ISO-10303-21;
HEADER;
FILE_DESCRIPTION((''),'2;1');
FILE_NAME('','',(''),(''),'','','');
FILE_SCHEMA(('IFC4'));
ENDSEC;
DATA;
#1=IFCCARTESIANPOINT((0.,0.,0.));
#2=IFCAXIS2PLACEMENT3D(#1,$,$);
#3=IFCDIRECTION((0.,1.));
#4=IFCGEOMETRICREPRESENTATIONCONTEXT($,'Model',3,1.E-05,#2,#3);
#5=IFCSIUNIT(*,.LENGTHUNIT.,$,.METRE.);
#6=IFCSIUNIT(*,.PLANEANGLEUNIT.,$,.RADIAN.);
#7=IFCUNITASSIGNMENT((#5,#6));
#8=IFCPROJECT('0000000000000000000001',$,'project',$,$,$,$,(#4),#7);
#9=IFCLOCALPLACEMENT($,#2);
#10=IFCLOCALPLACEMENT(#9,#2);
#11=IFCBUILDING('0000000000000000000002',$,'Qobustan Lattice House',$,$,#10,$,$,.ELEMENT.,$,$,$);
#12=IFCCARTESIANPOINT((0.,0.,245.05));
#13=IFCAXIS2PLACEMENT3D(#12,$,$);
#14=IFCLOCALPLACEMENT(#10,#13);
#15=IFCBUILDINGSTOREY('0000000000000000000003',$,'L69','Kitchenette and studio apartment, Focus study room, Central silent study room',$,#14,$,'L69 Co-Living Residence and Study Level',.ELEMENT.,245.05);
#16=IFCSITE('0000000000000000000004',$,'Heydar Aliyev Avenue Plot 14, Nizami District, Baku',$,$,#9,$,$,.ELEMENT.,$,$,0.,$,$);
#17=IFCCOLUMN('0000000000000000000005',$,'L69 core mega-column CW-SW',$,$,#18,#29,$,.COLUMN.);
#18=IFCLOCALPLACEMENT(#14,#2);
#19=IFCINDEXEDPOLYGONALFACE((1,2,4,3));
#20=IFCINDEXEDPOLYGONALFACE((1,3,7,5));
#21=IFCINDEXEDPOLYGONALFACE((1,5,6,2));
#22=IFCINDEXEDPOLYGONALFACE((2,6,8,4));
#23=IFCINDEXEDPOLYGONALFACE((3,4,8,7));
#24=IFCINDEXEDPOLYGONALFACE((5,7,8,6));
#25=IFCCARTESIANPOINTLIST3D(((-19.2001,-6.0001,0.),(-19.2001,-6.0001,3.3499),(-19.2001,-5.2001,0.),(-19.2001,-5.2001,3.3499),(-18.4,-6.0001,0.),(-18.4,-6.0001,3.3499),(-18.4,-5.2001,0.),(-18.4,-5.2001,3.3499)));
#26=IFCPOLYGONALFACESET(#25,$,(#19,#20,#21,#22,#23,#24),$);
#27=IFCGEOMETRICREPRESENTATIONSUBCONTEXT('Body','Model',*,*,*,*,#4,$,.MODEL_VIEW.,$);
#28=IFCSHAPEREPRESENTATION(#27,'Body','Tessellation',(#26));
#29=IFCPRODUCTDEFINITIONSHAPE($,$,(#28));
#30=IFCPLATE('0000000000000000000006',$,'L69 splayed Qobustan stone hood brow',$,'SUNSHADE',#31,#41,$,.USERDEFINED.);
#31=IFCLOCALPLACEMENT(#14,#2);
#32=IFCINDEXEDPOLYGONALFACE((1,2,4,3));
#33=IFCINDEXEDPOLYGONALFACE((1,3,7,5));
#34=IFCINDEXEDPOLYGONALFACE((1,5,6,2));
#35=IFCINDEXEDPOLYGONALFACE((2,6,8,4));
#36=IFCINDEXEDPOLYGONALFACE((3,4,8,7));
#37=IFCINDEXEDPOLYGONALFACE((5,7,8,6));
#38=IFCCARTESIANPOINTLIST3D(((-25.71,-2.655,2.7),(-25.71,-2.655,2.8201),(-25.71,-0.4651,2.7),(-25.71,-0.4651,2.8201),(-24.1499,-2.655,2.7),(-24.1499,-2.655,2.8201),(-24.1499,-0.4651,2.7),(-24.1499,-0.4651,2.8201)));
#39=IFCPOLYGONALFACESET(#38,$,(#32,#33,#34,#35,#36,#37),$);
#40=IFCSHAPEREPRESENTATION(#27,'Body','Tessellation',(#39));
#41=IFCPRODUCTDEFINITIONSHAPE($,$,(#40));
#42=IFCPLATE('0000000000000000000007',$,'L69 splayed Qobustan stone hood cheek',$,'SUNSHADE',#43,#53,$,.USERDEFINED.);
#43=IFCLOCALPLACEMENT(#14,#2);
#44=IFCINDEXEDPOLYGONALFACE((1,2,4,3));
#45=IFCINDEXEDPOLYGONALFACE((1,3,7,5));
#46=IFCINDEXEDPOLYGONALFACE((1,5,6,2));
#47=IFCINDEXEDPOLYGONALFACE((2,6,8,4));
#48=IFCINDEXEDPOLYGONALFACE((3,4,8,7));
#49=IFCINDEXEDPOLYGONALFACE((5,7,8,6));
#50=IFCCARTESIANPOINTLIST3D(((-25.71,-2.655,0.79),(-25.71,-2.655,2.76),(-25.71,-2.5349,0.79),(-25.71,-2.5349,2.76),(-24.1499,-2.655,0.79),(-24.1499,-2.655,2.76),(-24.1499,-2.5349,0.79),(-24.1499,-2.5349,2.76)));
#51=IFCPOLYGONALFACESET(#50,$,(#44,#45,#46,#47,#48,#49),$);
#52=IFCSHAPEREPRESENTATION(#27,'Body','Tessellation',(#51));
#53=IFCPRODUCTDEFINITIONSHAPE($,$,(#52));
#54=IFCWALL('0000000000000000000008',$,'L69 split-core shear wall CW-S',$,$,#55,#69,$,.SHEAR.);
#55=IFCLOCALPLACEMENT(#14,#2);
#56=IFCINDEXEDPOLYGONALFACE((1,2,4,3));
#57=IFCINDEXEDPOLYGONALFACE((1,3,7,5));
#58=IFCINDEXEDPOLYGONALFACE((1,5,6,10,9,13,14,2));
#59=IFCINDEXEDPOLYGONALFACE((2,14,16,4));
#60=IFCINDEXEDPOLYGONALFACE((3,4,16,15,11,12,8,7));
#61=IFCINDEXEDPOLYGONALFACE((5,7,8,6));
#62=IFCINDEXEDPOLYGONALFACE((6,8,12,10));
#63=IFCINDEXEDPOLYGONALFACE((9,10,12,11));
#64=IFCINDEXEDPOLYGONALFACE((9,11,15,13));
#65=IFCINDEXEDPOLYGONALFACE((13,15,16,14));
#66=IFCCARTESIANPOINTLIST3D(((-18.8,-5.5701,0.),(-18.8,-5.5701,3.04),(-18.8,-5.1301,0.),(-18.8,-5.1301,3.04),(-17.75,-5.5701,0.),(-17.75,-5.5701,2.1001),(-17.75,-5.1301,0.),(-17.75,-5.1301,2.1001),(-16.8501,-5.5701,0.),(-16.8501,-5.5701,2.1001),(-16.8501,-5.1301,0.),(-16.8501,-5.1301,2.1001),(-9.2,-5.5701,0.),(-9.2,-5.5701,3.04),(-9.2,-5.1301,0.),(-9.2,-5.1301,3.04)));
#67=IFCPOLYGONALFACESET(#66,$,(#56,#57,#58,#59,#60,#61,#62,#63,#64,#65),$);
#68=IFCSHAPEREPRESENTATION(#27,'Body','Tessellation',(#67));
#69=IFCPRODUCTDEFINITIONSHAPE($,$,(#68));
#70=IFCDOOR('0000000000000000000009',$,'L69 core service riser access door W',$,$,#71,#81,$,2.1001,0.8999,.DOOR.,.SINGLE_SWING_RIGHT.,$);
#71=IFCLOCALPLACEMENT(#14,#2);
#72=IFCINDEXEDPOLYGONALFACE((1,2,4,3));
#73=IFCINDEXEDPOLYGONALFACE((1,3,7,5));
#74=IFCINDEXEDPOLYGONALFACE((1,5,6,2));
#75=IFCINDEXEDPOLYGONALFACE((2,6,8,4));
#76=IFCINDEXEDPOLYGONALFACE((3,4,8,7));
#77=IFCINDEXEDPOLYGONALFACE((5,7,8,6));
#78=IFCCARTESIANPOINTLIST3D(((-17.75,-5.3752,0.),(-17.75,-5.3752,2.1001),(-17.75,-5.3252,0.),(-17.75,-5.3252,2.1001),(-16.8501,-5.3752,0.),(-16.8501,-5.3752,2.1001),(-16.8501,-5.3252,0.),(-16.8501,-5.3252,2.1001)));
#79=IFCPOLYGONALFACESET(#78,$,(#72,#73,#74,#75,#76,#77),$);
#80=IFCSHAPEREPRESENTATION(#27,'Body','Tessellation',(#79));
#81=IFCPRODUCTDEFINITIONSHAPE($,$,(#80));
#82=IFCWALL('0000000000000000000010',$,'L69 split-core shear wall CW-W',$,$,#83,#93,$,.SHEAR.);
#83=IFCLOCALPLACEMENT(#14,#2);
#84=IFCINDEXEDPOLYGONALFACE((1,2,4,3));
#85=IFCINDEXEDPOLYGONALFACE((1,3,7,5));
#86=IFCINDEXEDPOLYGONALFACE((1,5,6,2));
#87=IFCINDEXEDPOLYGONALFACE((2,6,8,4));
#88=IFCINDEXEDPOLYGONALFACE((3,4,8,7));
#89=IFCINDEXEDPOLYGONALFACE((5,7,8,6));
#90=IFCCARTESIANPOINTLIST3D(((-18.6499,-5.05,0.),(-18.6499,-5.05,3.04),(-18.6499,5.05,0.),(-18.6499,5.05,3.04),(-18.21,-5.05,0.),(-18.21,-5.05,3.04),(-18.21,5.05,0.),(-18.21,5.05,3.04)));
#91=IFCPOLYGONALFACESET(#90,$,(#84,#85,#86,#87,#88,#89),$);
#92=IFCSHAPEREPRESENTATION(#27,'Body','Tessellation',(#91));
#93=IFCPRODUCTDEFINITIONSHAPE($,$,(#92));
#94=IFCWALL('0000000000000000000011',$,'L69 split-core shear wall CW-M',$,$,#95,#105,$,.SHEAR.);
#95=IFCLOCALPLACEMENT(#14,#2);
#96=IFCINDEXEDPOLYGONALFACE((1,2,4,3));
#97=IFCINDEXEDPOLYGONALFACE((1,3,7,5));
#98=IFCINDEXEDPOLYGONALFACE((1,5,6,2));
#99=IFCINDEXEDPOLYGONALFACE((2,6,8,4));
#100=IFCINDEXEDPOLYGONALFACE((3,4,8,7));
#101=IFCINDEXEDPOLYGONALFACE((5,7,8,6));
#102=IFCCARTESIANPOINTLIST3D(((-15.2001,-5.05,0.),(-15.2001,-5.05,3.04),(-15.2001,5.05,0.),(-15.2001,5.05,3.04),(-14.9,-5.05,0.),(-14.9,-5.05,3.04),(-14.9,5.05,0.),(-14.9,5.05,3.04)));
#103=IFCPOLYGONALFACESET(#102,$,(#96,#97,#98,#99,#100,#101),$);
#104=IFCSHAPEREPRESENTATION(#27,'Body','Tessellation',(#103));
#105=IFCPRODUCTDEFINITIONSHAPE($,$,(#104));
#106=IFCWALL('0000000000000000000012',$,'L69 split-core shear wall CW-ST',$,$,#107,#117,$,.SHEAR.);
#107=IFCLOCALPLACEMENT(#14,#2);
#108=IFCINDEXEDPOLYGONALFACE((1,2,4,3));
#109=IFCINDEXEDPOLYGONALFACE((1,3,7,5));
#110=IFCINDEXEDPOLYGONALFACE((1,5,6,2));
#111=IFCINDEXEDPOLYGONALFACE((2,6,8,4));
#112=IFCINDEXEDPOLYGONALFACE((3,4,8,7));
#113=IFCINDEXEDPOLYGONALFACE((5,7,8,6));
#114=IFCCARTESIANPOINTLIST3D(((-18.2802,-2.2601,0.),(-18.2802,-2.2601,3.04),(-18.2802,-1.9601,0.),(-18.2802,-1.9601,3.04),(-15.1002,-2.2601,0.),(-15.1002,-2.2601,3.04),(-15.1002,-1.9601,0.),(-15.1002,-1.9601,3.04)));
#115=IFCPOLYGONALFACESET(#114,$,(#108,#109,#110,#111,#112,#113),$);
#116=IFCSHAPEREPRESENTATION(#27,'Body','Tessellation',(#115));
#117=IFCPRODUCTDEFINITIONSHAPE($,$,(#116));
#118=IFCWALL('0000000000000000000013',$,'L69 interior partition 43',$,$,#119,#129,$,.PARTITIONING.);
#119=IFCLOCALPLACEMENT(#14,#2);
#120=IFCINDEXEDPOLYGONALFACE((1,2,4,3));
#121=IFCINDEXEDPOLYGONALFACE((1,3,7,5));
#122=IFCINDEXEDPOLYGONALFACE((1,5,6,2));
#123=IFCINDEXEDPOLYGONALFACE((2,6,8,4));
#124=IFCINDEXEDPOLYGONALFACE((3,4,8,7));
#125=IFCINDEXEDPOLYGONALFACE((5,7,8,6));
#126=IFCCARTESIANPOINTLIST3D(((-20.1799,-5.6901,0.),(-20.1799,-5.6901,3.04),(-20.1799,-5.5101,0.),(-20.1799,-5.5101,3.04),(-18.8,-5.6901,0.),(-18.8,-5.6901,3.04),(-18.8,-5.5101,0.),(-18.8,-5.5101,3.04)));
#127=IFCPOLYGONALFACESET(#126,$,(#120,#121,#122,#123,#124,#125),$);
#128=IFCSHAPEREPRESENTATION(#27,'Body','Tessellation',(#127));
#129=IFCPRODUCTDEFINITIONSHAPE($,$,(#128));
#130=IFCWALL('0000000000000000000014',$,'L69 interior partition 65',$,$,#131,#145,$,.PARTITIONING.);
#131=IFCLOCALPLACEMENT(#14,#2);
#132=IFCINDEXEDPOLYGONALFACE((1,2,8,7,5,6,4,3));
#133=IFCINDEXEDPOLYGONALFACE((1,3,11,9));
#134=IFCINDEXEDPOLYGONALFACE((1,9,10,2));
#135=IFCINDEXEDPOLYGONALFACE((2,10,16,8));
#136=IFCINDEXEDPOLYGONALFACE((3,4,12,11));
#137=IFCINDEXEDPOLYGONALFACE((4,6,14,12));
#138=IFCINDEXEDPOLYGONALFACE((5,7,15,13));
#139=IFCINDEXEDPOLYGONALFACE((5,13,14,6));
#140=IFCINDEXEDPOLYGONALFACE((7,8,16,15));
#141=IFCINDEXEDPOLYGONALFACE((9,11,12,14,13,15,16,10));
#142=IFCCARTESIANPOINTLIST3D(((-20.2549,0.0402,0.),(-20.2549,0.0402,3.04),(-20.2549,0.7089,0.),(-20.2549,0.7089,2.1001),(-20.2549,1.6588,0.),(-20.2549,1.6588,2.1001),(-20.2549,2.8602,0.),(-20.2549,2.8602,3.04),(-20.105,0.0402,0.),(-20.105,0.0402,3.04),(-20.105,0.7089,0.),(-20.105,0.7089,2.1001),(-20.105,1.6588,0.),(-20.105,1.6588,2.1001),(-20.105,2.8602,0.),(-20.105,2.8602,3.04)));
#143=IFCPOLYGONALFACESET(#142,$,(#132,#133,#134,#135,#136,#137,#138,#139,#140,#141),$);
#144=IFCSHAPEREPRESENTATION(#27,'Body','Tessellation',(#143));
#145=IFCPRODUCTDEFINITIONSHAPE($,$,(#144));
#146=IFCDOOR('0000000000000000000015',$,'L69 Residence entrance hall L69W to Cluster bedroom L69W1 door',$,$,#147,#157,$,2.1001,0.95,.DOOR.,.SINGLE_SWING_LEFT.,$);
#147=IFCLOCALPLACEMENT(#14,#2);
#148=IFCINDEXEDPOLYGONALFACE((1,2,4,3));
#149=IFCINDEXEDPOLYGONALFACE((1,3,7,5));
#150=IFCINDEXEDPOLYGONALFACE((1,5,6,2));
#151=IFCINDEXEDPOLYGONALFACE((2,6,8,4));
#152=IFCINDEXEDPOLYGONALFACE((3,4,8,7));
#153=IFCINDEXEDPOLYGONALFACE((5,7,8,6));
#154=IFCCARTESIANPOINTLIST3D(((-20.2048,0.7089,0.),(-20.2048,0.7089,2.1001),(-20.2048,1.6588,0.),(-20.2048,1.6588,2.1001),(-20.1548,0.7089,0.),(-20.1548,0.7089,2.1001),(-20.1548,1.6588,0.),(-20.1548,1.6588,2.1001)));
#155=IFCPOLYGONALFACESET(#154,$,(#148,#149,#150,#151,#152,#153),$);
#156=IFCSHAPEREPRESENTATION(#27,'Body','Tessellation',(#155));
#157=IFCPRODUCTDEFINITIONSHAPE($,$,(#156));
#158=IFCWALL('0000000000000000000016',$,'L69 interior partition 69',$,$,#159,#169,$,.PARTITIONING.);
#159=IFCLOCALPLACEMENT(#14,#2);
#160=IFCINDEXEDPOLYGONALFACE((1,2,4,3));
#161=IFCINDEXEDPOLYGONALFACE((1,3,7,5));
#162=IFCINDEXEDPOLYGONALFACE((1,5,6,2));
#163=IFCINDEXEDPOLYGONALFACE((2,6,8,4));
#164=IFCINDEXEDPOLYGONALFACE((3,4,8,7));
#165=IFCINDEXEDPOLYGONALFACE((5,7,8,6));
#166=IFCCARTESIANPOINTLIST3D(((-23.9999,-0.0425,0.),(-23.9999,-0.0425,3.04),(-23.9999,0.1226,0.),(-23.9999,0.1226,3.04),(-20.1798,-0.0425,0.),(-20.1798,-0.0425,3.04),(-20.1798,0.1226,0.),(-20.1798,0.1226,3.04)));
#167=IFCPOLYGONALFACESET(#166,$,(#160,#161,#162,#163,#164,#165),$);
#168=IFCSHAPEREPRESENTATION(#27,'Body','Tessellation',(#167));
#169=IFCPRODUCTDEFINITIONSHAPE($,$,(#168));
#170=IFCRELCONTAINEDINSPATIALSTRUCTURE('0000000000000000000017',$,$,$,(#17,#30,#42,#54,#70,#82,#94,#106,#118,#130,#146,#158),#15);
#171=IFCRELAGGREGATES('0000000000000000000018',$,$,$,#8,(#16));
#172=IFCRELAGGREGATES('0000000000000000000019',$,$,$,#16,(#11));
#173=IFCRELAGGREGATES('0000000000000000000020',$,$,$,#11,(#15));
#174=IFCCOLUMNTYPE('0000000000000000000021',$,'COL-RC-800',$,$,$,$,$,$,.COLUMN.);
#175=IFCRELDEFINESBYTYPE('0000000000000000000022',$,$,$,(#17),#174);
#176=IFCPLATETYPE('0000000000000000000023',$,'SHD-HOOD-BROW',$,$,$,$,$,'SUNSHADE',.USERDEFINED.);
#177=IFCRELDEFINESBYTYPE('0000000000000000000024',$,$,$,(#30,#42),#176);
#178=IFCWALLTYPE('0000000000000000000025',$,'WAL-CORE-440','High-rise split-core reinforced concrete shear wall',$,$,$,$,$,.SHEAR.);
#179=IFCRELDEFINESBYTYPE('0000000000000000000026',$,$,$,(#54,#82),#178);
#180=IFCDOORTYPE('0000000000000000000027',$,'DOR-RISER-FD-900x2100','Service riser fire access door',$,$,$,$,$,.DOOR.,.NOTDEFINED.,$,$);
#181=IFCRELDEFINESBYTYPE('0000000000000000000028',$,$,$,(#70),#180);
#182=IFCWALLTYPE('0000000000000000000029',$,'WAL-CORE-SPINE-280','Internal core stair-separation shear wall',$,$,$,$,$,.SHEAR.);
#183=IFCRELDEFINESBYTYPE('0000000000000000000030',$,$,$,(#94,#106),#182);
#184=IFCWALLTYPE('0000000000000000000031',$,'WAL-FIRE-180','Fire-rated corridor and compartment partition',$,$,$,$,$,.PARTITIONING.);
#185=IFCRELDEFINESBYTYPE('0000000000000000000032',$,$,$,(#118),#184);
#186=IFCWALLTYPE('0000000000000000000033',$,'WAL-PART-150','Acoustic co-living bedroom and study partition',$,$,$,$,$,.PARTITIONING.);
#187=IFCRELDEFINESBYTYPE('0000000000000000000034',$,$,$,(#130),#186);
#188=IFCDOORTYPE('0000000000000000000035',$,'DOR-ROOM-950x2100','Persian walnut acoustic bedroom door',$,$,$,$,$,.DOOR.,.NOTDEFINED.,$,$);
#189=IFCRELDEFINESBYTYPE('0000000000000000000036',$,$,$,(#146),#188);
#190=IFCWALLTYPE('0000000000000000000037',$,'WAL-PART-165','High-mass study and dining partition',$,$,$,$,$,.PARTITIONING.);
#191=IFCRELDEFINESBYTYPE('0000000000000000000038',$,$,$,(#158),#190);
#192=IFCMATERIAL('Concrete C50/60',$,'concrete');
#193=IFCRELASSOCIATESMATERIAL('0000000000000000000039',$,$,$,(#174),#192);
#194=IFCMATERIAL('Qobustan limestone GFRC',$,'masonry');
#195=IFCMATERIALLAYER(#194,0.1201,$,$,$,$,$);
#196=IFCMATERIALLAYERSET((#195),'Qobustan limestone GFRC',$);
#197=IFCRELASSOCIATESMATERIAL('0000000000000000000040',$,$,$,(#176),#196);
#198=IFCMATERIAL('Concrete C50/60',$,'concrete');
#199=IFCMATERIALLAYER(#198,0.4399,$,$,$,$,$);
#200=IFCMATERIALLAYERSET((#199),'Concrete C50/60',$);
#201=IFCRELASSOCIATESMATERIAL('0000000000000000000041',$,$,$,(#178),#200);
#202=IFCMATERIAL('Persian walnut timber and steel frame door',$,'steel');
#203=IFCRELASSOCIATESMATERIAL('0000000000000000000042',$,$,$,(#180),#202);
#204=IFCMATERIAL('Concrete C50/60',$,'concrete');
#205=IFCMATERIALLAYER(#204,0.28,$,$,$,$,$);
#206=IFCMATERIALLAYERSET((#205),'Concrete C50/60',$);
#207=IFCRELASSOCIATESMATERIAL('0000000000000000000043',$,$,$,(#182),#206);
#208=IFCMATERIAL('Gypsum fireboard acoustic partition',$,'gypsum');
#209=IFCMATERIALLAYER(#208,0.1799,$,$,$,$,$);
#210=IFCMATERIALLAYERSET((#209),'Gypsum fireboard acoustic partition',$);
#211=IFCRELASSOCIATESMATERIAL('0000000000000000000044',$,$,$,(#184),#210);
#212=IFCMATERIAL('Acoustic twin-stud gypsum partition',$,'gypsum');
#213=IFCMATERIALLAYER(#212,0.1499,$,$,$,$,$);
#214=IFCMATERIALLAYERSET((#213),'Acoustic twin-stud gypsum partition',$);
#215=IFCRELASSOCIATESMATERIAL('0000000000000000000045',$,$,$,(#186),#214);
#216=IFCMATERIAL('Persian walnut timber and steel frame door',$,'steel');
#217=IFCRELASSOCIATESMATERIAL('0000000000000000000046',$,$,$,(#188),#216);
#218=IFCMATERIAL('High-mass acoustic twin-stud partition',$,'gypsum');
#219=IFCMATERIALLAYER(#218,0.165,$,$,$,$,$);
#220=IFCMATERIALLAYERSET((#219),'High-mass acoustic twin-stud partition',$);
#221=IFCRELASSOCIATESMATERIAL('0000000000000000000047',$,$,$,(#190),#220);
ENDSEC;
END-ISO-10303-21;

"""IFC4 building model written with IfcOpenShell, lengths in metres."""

from ifc_helpers import new_model, si_unit, direction, frame, frame_2d, origin, origin_2d, place, context, subcontext, project, spatial, rectangle, extrude, material, layer, layer_set, material_profile, profile_set, type_object, element, fill, save


model = new_model("IFC4")

# Units and contexts
model_context = context("Model", 3, precision=1e-05, world=origin(), true_north=direction((0.0, 1.0)))
body_context = subcontext(model_context, "Body", "Model", "MODEL_VIEW")
ifc_project = project(units=[si_unit("LENGTHUNIT", "METRE"), si_unit("PLANEANGLEUNIT", "RADIAN")], contexts=[model_context])

# Site, building, storey
site_placement = place(None, origin())
site = spatial("IfcSite", under=ifc_project, at=site_placement, Name="Heydar Aliyev Avenue Plot 14, Nizami District, Baku", CompositionType="ELEMENT", RefElevation=0.0)
building_placement = place(site_placement, origin())
building = spatial("IfcBuilding", under=site, at=building_placement, Name="Qobustan Lattice House", CompositionType="ELEMENT")
storey_placement = place(building_placement, frame((0.0, 0.0, 245.05)))
storey = spatial("IfcBuildingStorey", under=building, at=storey_placement, Name="L69", Description="Kitchenette and studio apartment, Focus study room, Central silent study room", LongName="L69 Co-Living Residence and Study Level", CompositionType="ELEMENT", Elevation=245.05)

# Column
ifc_material_1 = material(Name="Concrete C50/60", Category="concrete")
ifc_material_profile = material_profile(ifc_material_1, rectangle(XDim=0.8, YDim=0.8, at=origin_2d()), Name="RC800x800")
ifc_profile_set = profile_set([ifc_material_profile], Name="Concrete C50/60")
column_type = type_object("IfcColumnType", Name="COL-RC-800", PredefinedType="COLUMN", material=ifc_profile_set)
column_placement = place(storey_placement, frame((-18.8, -5.6001, 0.0), z_axis=(0.0, 0.0, 1.0), x_axis=(1.0, 0.0, 0.0)))
element("IfcColumn", 1, at=column_placement, inside=storey, type_object=column_type, Name="L69 core mega-column CW-SW", PredefinedType="COLUMN", context=body_context, shape_type="SweptSolid", body=[
    extrude(rectangle(XDim=0.8, YDim=0.8, at=origin_2d()), origin(), (0.0, 0.0, 1.0), 3.3499),
])

# Plates
ifc_material_2 = material(Name="Qobustan limestone GFRC", Category="masonry")
ifc_layer_1 = layer(ifc_material_2, 0.1201)
ifc_layer_set_1 = layer_set([ifc_layer_1], Name="Qobustan limestone GFRC")
plate_type = type_object("IfcPlateType", Name="SHD-HOOD-BROW", ElementType="SUNSHADE", PredefinedType="USERDEFINED", material=ifc_layer_set_1)
plate_1_placement = place(storey_placement, frame((-24.9299, -1.5601, 2.7), z_axis=(0.0, 0.0, 1.0), x_axis=(0.0, 1.0, 0.0)))
element("IfcPlate", 2, at=plate_1_placement, inside=storey, type_object=plate_type, Name="L69 splayed Qobustan stone hood brow", ObjectType="SUNSHADE", PredefinedType="USERDEFINED", context=body_context, shape_type="SweptSolid", body=[
    extrude(rectangle(XDim=2.1899, YDim=1.5601, at=origin_2d()), origin(), (0.0, 0.0, 1.0), 0.1201),
])
plate_2_placement = place(storey_placement, frame((-24.9299, -2.595, 0.79), z_axis=(0.0, 0.0, 1.0), x_axis=(0.0, 1.0, 0.0)))
element("IfcPlate", 3, at=plate_2_placement, inside=storey, type_object=plate_type, Name="L69 splayed Qobustan stone hood cheek", ObjectType="SUNSHADE", PredefinedType="USERDEFINED", context=body_context, shape_type="SweptSolid", body=[
    extrude(rectangle(XDim=0.1201, YDim=1.5601, at=origin_2d()), origin(), (0.0, 0.0, 1.0), 1.97),
])

# Wall, opening, door
ifc_material_3 = material(Name="Concrete C50/60", Category="concrete")
ifc_layer_2 = layer(ifc_material_3, 0.4399)
ifc_layer_set_2 = layer_set([ifc_layer_2], Name="Concrete C50/60")
wall_type_1 = type_object("IfcWallType", Name="WAL-CORE-440", Description="High-rise split-core reinforced concrete shear wall", PredefinedType="SHEAR", material=ifc_layer_set_2)
wall_1_placement = place(storey_placement, frame((-18.8, -5.3501, 0.0), z_axis=(0.0, 0.0, 1.0), x_axis=(1.0, 0.0, 0.0)))
wall_1 = element("IfcWall", 4, at=wall_1_placement, inside=storey, type_object=wall_type_1, Name="L69 split-core shear wall CW-S", PredefinedType="SHEAR", context=body_context, shape_type="SweptSolid", body=[
    extrude(rectangle(XDim=9.6001, YDim=0.4399, at=frame_2d((4.8, 0.0))), origin(), (0.0, 0.0, 1.0), 3.04),
])
opening_1_placement = place(wall_1_placement, frame((1.05, 0.0, 0.0)))
opening_1 = element("IfcOpeningElement", 5, at=opening_1_placement, cuts=wall_1, PredefinedType="OPENING", context=body_context, shape_type="SweptSolid", body=[
    extrude(rectangle(XDim=0.8999, YDim=2.1001, at=frame_2d((0.45, 1.05))), frame((0.0, 0.23, 0.0), z_axis=(0.0, -1.0, 0.0), x_axis=(1.0, 0.0, 0.0)), (0.0, 0.0, 1.0), 0.46),
])
ifc_material_4 = material(Name="Persian walnut timber and steel frame door", Category="steel")
door_type_1 = type_object("IfcDoorType", Name="DOR-RISER-FD-900x2100", Description="Service riser fire access door", OperationType="NOTDEFINED", PredefinedType="DOOR", material=ifc_material_4)
door_1_placement = place(opening_1_placement, origin())
door_1 = element("IfcDoor", 6, at=door_1_placement, inside=storey, type_object=door_type_1, Name="L69 core service riser access door W", OperationType="SINGLE_SWING_RIGHT", OverallHeight=2.1001, OverallWidth=0.8999, PredefinedType="DOOR", context=body_context, shape_type="SweptSolid", body=[
    extrude(rectangle(XDim=0.8999, YDim=2.1001, at=frame_2d((0.45, 1.05))), frame((0.0, 0.0249, 0.0), z_axis=(0.0, -1.0, 0.0), x_axis=(1.0, 0.0, 0.0)), (0.0, 0.0, 1.0), 0.05),
])
fill(opening_1, door_1)

# Walls
wall_2_placement = place(storey_placement, frame((-18.4299, -5.05, 0.0), z_axis=(0.0, 0.0, 1.0), x_axis=(0.0, 1.0, 0.0)))
element("IfcWall", 7, at=wall_2_placement, inside=storey, type_object=wall_type_1, Name="L69 split-core shear wall CW-W", PredefinedType="SHEAR", context=body_context, shape_type="SweptSolid", body=[
    extrude(rectangle(XDim=10.1001, YDim=0.4399, at=frame_2d((5.05, 0.0))), origin(), (0.0, 0.0, 1.0), 3.04),
])
ifc_material_5 = material(Name="Concrete C50/60", Category="concrete")
ifc_layer_3 = layer(ifc_material_5, 0.28)
ifc_layer_set_3 = layer_set([ifc_layer_3], Name="Concrete C50/60")
wall_type_2 = type_object("IfcWallType", Name="WAL-CORE-SPINE-280", Description="Internal core stair-separation shear wall", PredefinedType="SHEAR", material=ifc_layer_set_3)
wall_3_placement = place(storey_placement, frame((-15.05, -5.05, 0.0), z_axis=(0.0, 0.0, 1.0), x_axis=(0.0, 1.0, 0.0)))
element("IfcWall", 8, at=wall_3_placement, inside=storey, type_object=wall_type_2, Name="L69 split-core shear wall CW-M", PredefinedType="SHEAR", context=body_context, shape_type="SweptSolid", body=[
    extrude(rectangle(XDim=10.1001, YDim=0.3, at=frame_2d((5.05, 0.0))), origin(), (0.0, 0.0, 1.0), 3.04),
])
wall_4_placement = place(storey_placement, frame((-18.28, -2.1101, 0.0), z_axis=(0.0, 0.0, 1.0), x_axis=(1.0, 0.0, 0.0)))
element("IfcWall", 9, at=wall_4_placement, inside=storey, type_object=wall_type_2, Name="L69 split-core shear wall CW-ST", PredefinedType="SHEAR", context=body_context, shape_type="SweptSolid", body=[
    extrude(rectangle(XDim=3.1799, YDim=0.3, at=frame_2d((1.5898, 0.0))), origin(), (0.0, 0.0, 1.0), 3.04),
])
ifc_material_6 = material(Name="Gypsum fireboard acoustic partition", Category="gypsum")
ifc_layer_4 = layer(ifc_material_6, 0.1799)
ifc_layer_set_4 = layer_set([ifc_layer_4], Name="Gypsum fireboard acoustic partition")
wall_type_3 = type_object("IfcWallType", Name="WAL-FIRE-180", Description="Fire-rated corridor and compartment partition", PredefinedType="PARTITIONING", material=ifc_layer_set_4)
wall_5_placement = place(storey_placement, frame((-20.1799, -5.6001, 0.0), z_axis=(0.0, 0.0, 1.0), x_axis=(1.0, 0.0, 0.0)))
element("IfcWall", 10, at=wall_5_placement, inside=storey, type_object=wall_type_3, Name="L69 interior partition 43", PredefinedType="PARTITIONING", context=body_context, shape_type="SweptSolid", body=[
    extrude(rectangle(XDim=1.3799, YDim=0.1799, at=frame_2d((0.6899, 0.0))), origin(), (0.0, 0.0, 1.0), 3.04),
])

# Wall, opening, door
ifc_material_7 = material(Name="Acoustic twin-stud gypsum partition", Category="gypsum")
ifc_layer_5 = layer(ifc_material_7, 0.1499)
ifc_layer_set_5 = layer_set([ifc_layer_5], Name="Acoustic twin-stud gypsum partition")
wall_type_4 = type_object("IfcWallType", Name="WAL-PART-150", Description="Acoustic co-living bedroom and study partition", PredefinedType="PARTITIONING", material=ifc_layer_set_5)
wall_6_placement = place(storey_placement, frame((-20.1799, 0.04, 0.0), z_axis=(0.0, 0.0, 1.0), x_axis=(0.0, 1.0, 0.0)))
wall_6 = element("IfcWall", 11, at=wall_6_placement, inside=storey, type_object=wall_type_4, Name="L69 interior partition 65", PredefinedType="PARTITIONING", context=body_context, shape_type="SweptSolid", body=[
    extrude(rectangle(XDim=2.8201, YDim=0.1499, at=frame_2d((1.4102, 0.0))), origin(), (0.0, 0.0, 1.0), 3.04),
])
opening_2_placement = place(wall_6_placement, frame((0.6687, 0.0, 0.0)))
opening_2 = element("IfcOpeningElement", 12, at=opening_2_placement, cuts=wall_6, PredefinedType="OPENING", context=body_context, shape_type="SweptSolid", body=[
    extrude(rectangle(XDim=0.95, YDim=2.1001, at=frame_2d((0.4751, 1.05))), frame((0.0, 0.085, 0.0), z_axis=(0.0, -1.0, 0.0), x_axis=(1.0, 0.0, 0.0)), (0.0, 0.0, 1.0), 0.1699),
])
ifc_material_8 = material(Name="Persian walnut timber and steel frame door", Category="steel")
door_type_2 = type_object("IfcDoorType", Name="DOR-ROOM-950x2100", Description="Persian walnut acoustic bedroom door", OperationType="NOTDEFINED", PredefinedType="DOOR", material=ifc_material_8)
door_2_placement = place(opening_2_placement, origin())
door_2 = element("IfcDoor", 13, at=door_2_placement, inside=storey, type_object=door_type_2, Name="L69 Residence entrance hall L69W to Cluster bedroom L69W1 door", OperationType="SINGLE_SWING_LEFT", OverallHeight=2.1001, OverallWidth=0.95, PredefinedType="DOOR", context=body_context, shape_type="SweptSolid", body=[
    extrude(rectangle(XDim=0.95, YDim=2.1001, at=frame_2d((0.4751, 1.05))), frame((0.0, 0.0249, 0.0), z_axis=(0.0, -1.0, 0.0), x_axis=(1.0, 0.0, 0.0)), (0.0, 0.0, 1.0), 0.05),
])
fill(opening_2, door_2)
ifc_material_9 = material(Name="High-mass acoustic twin-stud partition", Category="gypsum")
ifc_layer_6 = layer(ifc_material_9, 0.165)
ifc_layer_set_6 = layer_set([ifc_layer_6], Name="High-mass acoustic twin-stud partition")
wall_type_5 = type_object("IfcWallType", Name="WAL-PART-165", Description="High-mass study and dining partition", PredefinedType="PARTITIONING", material=ifc_layer_set_6)

# Wall
wall_7_placement = place(storey_placement, frame((-24.0, 0.04, 0.0), z_axis=(0.0, 0.0, 1.0), x_axis=(1.0, 0.0, 0.0)))
element("IfcWall", 14, at=wall_7_placement, inside=storey, type_object=wall_type_5, Name="L69 interior partition 69", PredefinedType="PARTITIONING", context=body_context, shape_type="SweptSolid", body=[
    extrude(rectangle(XDim=3.8201, YDim=0.165, at=frame_2d((1.9102, 0.0))), origin(), (0.0, 0.0, 1.0), 3.04),
])

save(model, "model.ifc")
